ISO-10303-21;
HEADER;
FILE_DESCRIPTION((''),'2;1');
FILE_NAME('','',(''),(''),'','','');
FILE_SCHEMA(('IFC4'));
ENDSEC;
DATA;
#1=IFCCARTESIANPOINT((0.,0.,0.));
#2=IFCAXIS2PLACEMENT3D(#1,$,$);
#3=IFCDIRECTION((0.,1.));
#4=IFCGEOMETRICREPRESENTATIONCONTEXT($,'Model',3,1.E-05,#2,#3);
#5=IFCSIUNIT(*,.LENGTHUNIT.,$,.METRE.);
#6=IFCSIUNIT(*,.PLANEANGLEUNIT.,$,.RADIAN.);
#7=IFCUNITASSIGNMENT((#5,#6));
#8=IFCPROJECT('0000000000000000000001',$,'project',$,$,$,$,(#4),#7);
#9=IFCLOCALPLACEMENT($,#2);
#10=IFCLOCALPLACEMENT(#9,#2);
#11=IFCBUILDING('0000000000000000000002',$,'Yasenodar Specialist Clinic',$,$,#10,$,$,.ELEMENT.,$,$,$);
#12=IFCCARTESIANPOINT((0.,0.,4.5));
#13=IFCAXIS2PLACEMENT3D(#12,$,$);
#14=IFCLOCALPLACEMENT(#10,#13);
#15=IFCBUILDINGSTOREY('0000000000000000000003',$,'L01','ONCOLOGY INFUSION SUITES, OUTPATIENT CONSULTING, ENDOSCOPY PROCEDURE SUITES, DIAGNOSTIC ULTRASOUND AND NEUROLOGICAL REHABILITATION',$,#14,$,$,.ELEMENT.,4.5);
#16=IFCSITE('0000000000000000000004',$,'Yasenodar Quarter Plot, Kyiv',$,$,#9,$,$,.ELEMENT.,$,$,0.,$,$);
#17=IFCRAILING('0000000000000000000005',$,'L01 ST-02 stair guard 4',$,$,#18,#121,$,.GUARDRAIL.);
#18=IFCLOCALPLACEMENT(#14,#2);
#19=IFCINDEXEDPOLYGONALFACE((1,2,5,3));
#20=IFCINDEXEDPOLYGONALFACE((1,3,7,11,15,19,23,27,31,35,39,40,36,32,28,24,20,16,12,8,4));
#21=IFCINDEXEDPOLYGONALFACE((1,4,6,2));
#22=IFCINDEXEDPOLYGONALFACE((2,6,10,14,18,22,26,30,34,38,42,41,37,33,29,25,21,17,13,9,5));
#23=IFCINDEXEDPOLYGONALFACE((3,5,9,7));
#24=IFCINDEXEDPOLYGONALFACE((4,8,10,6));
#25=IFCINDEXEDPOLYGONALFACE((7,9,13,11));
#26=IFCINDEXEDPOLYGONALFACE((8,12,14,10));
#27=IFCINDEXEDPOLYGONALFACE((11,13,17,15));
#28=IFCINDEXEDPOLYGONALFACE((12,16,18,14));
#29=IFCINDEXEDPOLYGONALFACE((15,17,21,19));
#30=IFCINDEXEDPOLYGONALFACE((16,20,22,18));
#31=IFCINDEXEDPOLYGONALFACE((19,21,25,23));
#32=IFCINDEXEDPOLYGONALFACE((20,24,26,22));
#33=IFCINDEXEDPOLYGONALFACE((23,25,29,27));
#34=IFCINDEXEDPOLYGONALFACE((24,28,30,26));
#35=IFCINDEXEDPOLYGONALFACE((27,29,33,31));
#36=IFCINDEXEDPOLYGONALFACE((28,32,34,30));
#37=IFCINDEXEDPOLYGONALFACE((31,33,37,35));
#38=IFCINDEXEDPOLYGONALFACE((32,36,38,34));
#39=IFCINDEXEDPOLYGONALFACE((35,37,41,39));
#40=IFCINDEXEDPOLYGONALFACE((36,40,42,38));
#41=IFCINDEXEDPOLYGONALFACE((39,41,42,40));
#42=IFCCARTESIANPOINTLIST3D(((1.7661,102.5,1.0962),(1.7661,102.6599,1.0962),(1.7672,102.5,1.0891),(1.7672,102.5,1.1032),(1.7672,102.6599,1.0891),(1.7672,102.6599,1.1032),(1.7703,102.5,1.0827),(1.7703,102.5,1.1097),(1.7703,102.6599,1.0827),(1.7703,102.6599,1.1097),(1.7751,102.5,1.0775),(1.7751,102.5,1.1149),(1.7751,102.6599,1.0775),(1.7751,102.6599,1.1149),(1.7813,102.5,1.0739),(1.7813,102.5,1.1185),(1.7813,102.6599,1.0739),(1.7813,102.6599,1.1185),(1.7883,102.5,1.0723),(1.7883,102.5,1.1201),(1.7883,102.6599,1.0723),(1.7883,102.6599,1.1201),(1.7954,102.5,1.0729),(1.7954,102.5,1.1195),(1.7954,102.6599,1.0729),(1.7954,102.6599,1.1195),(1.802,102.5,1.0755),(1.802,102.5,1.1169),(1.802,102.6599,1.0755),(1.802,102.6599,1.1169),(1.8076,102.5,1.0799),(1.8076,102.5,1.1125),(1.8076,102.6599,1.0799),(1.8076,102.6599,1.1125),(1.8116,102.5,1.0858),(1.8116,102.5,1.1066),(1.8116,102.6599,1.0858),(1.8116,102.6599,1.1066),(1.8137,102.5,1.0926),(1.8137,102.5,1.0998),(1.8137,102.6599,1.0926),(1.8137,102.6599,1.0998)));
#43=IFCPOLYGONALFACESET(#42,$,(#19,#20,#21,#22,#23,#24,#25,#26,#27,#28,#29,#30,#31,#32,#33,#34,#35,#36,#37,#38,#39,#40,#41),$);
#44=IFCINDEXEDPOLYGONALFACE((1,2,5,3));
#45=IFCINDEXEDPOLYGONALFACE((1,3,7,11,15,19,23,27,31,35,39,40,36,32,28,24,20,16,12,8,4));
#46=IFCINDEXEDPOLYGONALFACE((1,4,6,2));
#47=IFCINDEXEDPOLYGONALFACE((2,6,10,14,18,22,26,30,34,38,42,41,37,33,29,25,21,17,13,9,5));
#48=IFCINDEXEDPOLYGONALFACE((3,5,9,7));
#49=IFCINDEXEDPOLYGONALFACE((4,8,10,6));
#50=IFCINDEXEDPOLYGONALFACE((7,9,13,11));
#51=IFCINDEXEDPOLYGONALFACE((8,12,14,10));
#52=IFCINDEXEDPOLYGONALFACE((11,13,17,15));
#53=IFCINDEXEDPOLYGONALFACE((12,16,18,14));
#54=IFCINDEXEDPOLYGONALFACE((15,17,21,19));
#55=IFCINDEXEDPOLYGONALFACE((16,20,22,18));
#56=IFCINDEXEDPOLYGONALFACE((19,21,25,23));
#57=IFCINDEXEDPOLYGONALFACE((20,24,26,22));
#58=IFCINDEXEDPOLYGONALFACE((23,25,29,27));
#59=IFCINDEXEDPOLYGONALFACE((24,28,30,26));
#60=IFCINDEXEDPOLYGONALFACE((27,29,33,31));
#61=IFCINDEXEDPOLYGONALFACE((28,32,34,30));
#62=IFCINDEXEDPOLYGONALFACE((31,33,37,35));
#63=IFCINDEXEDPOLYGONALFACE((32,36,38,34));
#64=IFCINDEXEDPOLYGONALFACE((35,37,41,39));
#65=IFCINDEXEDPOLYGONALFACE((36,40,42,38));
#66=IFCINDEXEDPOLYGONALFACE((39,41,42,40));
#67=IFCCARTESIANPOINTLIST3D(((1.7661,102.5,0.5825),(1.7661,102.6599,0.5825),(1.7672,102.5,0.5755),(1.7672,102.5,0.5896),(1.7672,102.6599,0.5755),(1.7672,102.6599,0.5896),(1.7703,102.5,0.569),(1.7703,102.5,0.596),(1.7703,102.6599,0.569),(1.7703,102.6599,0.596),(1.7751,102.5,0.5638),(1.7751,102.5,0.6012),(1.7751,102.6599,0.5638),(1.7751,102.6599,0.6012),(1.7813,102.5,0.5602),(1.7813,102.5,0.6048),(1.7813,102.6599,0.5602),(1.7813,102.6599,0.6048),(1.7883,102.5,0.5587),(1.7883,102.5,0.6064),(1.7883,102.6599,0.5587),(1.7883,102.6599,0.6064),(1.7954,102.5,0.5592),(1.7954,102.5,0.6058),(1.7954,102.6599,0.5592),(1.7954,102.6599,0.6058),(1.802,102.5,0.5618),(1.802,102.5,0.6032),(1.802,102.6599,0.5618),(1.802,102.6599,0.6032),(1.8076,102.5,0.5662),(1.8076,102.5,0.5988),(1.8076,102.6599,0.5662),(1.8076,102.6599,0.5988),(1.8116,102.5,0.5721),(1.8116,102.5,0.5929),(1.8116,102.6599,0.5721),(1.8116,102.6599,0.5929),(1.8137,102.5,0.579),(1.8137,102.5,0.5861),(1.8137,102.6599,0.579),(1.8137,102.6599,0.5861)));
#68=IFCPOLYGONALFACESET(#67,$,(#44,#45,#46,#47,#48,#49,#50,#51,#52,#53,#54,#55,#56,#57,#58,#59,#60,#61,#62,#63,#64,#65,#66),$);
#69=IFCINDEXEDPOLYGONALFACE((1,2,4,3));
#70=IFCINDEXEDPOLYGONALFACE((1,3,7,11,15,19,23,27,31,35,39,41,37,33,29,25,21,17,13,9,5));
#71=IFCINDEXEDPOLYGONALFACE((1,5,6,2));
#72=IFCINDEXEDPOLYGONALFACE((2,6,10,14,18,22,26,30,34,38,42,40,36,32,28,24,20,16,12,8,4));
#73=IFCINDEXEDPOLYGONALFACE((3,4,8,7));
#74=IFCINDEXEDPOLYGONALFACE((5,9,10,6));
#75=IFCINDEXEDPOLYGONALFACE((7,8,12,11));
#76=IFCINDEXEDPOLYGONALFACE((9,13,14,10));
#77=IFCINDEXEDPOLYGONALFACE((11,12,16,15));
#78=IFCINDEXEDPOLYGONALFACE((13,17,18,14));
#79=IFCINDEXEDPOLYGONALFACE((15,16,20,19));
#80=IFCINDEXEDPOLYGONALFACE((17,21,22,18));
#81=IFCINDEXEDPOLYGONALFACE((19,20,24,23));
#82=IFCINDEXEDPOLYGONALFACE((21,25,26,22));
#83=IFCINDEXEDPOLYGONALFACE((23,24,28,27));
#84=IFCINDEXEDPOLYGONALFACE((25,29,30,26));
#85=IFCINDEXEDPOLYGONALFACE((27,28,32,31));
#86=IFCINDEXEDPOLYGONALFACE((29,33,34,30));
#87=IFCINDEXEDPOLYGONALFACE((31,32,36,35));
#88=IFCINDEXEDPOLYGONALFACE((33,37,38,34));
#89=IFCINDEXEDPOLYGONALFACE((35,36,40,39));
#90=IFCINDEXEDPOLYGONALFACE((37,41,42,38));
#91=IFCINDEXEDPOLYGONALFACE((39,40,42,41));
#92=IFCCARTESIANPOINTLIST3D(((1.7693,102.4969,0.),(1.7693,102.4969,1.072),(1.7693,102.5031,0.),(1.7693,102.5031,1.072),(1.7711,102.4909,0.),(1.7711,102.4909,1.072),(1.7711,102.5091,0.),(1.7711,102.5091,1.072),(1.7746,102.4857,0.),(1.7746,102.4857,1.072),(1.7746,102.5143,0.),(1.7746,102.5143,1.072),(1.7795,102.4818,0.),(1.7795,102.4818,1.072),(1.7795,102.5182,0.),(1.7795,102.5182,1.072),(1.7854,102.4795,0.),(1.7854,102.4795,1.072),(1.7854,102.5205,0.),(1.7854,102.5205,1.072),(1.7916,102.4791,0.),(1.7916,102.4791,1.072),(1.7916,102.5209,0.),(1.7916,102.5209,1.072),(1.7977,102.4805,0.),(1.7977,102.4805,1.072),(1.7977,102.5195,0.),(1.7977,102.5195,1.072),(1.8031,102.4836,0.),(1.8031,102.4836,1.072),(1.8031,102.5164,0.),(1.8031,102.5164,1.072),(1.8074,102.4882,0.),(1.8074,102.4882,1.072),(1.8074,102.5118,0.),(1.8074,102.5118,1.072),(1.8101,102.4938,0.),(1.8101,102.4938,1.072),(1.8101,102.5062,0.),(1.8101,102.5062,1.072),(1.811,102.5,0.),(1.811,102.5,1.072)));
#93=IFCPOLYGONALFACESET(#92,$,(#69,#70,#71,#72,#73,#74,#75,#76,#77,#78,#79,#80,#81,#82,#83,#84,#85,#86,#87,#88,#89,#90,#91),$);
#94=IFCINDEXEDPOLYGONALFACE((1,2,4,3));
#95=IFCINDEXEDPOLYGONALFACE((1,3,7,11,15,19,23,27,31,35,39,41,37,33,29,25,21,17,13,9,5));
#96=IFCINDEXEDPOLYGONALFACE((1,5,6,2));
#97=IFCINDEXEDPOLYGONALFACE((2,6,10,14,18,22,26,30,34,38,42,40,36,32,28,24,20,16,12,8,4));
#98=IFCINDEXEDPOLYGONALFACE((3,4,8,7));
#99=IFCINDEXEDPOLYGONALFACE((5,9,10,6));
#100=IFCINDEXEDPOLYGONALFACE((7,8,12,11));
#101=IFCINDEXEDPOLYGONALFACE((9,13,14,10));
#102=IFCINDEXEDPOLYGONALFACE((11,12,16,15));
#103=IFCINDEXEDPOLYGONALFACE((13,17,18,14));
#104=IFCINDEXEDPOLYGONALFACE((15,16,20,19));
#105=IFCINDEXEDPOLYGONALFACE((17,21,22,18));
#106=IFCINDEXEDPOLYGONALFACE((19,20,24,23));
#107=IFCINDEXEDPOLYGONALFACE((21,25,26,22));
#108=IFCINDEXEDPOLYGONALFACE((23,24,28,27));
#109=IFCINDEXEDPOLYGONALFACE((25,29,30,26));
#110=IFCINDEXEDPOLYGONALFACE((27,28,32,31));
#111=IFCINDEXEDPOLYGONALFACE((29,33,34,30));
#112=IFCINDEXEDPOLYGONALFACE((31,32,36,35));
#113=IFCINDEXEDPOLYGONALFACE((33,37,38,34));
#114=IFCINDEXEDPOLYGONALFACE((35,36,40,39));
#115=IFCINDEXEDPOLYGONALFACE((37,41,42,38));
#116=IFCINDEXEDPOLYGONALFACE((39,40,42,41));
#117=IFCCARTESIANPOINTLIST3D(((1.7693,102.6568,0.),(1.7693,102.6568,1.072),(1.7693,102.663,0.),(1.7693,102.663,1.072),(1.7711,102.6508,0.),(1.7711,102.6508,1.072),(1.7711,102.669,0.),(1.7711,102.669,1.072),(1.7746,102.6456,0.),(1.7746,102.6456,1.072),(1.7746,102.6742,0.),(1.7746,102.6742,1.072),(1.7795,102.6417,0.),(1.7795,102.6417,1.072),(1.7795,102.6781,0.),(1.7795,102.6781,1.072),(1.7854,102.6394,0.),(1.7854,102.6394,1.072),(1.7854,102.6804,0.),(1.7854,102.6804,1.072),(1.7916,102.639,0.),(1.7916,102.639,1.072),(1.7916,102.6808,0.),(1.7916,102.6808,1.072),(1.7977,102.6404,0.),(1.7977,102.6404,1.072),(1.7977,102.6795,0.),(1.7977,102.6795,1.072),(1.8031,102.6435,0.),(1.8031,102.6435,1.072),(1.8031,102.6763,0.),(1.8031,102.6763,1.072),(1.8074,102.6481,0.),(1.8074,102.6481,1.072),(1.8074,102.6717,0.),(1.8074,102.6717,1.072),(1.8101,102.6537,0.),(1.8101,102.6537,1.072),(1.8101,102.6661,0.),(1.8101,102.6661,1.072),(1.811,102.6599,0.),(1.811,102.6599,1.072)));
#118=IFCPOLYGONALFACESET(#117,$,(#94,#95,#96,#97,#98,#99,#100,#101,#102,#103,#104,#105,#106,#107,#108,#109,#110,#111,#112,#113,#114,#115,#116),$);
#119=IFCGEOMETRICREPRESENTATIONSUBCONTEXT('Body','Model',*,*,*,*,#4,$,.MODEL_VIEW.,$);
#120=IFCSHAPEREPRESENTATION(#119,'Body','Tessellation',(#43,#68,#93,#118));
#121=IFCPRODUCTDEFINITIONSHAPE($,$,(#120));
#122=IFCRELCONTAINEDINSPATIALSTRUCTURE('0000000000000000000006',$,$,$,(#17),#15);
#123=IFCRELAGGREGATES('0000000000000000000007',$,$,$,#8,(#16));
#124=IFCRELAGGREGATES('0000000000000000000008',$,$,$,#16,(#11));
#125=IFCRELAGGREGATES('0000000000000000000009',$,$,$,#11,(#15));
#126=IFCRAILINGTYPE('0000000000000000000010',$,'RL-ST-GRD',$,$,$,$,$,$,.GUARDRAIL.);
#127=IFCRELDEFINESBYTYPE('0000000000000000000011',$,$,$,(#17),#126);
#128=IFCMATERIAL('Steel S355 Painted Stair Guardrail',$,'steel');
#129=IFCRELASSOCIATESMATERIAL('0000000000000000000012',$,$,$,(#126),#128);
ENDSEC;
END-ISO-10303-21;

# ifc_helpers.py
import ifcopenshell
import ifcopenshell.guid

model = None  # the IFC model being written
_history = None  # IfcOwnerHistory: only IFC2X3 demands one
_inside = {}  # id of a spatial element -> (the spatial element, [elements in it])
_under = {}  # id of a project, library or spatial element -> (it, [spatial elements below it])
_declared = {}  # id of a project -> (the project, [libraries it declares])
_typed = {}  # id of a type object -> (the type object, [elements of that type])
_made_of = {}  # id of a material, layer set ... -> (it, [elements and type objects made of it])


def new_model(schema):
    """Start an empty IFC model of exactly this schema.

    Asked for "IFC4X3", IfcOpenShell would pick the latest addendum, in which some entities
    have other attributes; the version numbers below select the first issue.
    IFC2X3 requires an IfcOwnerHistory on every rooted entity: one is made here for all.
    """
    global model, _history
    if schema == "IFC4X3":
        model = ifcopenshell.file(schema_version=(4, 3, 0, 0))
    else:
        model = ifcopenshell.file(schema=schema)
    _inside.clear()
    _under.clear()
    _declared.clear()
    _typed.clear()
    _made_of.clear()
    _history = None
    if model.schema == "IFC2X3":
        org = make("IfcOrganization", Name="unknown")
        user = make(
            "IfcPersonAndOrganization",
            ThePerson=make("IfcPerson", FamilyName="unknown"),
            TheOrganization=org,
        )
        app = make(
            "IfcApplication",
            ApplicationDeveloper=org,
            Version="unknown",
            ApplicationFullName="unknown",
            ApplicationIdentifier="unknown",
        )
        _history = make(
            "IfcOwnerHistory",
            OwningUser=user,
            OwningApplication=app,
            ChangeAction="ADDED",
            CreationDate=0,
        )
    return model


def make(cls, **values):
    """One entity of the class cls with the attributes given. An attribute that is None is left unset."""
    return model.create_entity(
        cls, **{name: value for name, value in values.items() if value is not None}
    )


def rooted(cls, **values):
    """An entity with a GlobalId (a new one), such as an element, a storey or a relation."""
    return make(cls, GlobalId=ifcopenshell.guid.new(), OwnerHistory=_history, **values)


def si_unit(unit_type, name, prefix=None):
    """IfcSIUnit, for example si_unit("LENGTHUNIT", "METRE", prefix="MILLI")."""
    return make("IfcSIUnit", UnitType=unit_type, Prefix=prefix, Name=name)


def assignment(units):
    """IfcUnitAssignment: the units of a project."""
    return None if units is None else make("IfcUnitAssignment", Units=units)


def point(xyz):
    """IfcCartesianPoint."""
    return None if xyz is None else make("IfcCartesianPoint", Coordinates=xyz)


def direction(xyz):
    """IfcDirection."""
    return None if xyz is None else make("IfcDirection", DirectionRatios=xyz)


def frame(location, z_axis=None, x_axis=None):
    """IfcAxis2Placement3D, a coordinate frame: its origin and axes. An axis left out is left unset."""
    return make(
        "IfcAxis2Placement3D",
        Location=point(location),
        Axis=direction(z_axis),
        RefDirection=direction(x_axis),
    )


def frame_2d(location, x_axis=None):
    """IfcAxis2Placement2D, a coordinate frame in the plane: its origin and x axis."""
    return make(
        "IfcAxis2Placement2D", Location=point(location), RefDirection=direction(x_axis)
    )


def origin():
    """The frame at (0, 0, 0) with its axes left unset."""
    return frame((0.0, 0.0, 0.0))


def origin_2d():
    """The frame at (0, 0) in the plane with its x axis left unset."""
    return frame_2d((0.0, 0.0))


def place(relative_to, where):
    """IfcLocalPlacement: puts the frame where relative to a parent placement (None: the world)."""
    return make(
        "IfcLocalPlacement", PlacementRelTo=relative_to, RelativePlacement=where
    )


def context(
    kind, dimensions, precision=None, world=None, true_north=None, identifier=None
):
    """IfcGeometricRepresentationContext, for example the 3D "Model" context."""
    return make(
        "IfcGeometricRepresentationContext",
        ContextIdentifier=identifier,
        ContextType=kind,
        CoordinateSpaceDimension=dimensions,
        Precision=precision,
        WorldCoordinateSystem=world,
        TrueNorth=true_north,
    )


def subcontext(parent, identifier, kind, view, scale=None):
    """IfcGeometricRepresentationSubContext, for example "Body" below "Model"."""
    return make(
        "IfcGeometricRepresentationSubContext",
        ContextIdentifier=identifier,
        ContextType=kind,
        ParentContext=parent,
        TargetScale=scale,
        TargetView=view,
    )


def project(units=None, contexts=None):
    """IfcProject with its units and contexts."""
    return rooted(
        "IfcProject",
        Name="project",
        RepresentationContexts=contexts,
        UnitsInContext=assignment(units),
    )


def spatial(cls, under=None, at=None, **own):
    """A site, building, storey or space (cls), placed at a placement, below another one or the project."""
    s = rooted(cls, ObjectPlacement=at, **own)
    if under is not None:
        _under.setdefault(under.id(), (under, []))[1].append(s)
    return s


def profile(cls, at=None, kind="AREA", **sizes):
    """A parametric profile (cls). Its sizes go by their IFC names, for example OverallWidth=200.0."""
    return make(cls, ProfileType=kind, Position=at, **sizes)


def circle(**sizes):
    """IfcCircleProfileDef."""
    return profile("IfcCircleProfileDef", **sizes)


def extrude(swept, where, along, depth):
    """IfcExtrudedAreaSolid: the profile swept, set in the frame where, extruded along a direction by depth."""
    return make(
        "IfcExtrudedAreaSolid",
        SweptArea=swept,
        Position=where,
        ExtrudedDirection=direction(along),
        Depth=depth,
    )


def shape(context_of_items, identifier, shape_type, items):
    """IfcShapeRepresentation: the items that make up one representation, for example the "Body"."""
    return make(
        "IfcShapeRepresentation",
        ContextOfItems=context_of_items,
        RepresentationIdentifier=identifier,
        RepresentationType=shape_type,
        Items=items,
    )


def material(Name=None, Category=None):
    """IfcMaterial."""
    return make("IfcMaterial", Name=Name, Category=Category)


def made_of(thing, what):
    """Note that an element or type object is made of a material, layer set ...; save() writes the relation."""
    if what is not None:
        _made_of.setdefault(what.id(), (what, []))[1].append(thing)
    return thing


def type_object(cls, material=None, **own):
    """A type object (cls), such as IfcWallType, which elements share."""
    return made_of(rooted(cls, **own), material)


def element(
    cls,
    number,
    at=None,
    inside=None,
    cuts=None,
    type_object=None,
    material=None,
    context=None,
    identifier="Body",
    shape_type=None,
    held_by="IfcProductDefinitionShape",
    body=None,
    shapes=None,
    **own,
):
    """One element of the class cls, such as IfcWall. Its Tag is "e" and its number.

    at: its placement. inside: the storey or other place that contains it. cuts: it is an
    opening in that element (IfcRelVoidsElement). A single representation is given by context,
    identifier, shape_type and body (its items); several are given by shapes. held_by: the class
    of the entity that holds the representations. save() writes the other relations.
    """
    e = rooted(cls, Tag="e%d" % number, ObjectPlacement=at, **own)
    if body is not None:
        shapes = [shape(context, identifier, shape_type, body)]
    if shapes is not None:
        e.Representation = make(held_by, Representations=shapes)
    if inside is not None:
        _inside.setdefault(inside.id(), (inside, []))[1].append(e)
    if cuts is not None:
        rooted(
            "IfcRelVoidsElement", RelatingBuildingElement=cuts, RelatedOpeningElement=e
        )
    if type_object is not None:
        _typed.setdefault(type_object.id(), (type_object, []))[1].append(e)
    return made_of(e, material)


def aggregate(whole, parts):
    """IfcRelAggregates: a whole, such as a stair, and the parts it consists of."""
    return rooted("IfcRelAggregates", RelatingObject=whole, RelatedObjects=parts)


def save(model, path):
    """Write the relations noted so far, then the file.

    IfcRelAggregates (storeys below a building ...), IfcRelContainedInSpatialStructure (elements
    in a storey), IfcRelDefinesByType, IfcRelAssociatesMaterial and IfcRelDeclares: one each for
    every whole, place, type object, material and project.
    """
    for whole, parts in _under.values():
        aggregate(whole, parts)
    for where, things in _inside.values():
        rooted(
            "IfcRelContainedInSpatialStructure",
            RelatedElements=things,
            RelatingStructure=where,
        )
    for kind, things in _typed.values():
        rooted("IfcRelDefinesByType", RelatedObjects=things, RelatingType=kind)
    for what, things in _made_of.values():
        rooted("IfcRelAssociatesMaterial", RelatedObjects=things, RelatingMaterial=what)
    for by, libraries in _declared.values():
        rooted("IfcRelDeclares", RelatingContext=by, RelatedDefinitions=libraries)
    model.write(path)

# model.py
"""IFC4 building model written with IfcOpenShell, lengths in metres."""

from ifc_helpers import new_model, si_unit, direction, frame, origin, origin_2d, place, context, subcontext, project, spatial, circle, extrude, material, type_object, element, save


model = new_model("IFC4")

# Units and contexts
model_context = context("Model", 3, precision=1e-05, world=origin(), true_north=direction((0.0, 1.0)))
body_context = subcontext(model_context, "Body", "Model", "MODEL_VIEW")
ifc_project = project(units=[si_unit("LENGTHUNIT", "METRE"), si_unit("PLANEANGLEUNIT", "RADIAN")], contexts=[model_context])

# Site, building, storey
site_placement = place(None, origin())
site = spatial("IfcSite", under=ifc_project, at=site_placement, Name="Yasenodar Quarter Plot, Kyiv", CompositionType="ELEMENT", RefElevation=0.0)
building_placement = place(site_placement, origin())
building = spatial("IfcBuilding", under=site, at=building_placement, Name="Yasenodar Specialist Clinic", CompositionType="ELEMENT")
storey_placement = place(building_placement, frame((0.0, 0.0, 4.5)))
storey = spatial("IfcBuildingStorey", under=building, at=storey_placement, Name="L01", Description="ONCOLOGY INFUSION SUITES, OUTPATIENT CONSULTING, ENDOSCOPY PROCEDURE SUITES, DIAGNOSTIC ULTRASOUND AND NEUROLOGICAL REHABILITATION", CompositionType="ELEMENT", Elevation=4.5)

# Railing
ifc_material_1 = material(Name="Steel S355 Painted Stair Guardrail", Category="steel")
railing_type_1 = type_object("IfcRailingType", Name="RL-ST-GRD", PredefinedType="GUARDRAIL", material=ifc_material_1)
railing_1_placement = place(storey_placement, frame((1.79, 102.5, 0.0)))
element("IfcRailing", 1, at=railing_1_placement, inside=storey, type_object=railing_type_1, Name="L01 ST-02 stair guard 4", PredefinedType="GUARDRAIL", context=body_context, shape_type="SweptSolid", body=[
    extrude(circle(Radius=0.0239, at=origin_2d()), frame((0.0, 0.0, 1.0962), z_axis=(0.0, 1.0, 0.0), x_axis=(-1.0, 0.0, 0.0)), (0.0, 0.0, 1.0), 0.1599),
    extrude(circle(Radius=0.0239, at=origin_2d()), frame((0.0, 0.0, 0.5825), z_axis=(0.0, 1.0, 0.0), x_axis=(-1.0, 0.0, 0.0)), (0.0, 0.0, 1.0), 0.1599),
    extrude(circle(Radius=0.021, at=origin_2d()), origin(), (0.0, 0.0, 1.0), 1.072),
    extrude(circle(Radius=0.021, at=origin_2d()), frame((0.0, 0.1599, 0.0)), (0.0, 0.0, 1.0), 1.072),
])

save(model, "model.ifc")
